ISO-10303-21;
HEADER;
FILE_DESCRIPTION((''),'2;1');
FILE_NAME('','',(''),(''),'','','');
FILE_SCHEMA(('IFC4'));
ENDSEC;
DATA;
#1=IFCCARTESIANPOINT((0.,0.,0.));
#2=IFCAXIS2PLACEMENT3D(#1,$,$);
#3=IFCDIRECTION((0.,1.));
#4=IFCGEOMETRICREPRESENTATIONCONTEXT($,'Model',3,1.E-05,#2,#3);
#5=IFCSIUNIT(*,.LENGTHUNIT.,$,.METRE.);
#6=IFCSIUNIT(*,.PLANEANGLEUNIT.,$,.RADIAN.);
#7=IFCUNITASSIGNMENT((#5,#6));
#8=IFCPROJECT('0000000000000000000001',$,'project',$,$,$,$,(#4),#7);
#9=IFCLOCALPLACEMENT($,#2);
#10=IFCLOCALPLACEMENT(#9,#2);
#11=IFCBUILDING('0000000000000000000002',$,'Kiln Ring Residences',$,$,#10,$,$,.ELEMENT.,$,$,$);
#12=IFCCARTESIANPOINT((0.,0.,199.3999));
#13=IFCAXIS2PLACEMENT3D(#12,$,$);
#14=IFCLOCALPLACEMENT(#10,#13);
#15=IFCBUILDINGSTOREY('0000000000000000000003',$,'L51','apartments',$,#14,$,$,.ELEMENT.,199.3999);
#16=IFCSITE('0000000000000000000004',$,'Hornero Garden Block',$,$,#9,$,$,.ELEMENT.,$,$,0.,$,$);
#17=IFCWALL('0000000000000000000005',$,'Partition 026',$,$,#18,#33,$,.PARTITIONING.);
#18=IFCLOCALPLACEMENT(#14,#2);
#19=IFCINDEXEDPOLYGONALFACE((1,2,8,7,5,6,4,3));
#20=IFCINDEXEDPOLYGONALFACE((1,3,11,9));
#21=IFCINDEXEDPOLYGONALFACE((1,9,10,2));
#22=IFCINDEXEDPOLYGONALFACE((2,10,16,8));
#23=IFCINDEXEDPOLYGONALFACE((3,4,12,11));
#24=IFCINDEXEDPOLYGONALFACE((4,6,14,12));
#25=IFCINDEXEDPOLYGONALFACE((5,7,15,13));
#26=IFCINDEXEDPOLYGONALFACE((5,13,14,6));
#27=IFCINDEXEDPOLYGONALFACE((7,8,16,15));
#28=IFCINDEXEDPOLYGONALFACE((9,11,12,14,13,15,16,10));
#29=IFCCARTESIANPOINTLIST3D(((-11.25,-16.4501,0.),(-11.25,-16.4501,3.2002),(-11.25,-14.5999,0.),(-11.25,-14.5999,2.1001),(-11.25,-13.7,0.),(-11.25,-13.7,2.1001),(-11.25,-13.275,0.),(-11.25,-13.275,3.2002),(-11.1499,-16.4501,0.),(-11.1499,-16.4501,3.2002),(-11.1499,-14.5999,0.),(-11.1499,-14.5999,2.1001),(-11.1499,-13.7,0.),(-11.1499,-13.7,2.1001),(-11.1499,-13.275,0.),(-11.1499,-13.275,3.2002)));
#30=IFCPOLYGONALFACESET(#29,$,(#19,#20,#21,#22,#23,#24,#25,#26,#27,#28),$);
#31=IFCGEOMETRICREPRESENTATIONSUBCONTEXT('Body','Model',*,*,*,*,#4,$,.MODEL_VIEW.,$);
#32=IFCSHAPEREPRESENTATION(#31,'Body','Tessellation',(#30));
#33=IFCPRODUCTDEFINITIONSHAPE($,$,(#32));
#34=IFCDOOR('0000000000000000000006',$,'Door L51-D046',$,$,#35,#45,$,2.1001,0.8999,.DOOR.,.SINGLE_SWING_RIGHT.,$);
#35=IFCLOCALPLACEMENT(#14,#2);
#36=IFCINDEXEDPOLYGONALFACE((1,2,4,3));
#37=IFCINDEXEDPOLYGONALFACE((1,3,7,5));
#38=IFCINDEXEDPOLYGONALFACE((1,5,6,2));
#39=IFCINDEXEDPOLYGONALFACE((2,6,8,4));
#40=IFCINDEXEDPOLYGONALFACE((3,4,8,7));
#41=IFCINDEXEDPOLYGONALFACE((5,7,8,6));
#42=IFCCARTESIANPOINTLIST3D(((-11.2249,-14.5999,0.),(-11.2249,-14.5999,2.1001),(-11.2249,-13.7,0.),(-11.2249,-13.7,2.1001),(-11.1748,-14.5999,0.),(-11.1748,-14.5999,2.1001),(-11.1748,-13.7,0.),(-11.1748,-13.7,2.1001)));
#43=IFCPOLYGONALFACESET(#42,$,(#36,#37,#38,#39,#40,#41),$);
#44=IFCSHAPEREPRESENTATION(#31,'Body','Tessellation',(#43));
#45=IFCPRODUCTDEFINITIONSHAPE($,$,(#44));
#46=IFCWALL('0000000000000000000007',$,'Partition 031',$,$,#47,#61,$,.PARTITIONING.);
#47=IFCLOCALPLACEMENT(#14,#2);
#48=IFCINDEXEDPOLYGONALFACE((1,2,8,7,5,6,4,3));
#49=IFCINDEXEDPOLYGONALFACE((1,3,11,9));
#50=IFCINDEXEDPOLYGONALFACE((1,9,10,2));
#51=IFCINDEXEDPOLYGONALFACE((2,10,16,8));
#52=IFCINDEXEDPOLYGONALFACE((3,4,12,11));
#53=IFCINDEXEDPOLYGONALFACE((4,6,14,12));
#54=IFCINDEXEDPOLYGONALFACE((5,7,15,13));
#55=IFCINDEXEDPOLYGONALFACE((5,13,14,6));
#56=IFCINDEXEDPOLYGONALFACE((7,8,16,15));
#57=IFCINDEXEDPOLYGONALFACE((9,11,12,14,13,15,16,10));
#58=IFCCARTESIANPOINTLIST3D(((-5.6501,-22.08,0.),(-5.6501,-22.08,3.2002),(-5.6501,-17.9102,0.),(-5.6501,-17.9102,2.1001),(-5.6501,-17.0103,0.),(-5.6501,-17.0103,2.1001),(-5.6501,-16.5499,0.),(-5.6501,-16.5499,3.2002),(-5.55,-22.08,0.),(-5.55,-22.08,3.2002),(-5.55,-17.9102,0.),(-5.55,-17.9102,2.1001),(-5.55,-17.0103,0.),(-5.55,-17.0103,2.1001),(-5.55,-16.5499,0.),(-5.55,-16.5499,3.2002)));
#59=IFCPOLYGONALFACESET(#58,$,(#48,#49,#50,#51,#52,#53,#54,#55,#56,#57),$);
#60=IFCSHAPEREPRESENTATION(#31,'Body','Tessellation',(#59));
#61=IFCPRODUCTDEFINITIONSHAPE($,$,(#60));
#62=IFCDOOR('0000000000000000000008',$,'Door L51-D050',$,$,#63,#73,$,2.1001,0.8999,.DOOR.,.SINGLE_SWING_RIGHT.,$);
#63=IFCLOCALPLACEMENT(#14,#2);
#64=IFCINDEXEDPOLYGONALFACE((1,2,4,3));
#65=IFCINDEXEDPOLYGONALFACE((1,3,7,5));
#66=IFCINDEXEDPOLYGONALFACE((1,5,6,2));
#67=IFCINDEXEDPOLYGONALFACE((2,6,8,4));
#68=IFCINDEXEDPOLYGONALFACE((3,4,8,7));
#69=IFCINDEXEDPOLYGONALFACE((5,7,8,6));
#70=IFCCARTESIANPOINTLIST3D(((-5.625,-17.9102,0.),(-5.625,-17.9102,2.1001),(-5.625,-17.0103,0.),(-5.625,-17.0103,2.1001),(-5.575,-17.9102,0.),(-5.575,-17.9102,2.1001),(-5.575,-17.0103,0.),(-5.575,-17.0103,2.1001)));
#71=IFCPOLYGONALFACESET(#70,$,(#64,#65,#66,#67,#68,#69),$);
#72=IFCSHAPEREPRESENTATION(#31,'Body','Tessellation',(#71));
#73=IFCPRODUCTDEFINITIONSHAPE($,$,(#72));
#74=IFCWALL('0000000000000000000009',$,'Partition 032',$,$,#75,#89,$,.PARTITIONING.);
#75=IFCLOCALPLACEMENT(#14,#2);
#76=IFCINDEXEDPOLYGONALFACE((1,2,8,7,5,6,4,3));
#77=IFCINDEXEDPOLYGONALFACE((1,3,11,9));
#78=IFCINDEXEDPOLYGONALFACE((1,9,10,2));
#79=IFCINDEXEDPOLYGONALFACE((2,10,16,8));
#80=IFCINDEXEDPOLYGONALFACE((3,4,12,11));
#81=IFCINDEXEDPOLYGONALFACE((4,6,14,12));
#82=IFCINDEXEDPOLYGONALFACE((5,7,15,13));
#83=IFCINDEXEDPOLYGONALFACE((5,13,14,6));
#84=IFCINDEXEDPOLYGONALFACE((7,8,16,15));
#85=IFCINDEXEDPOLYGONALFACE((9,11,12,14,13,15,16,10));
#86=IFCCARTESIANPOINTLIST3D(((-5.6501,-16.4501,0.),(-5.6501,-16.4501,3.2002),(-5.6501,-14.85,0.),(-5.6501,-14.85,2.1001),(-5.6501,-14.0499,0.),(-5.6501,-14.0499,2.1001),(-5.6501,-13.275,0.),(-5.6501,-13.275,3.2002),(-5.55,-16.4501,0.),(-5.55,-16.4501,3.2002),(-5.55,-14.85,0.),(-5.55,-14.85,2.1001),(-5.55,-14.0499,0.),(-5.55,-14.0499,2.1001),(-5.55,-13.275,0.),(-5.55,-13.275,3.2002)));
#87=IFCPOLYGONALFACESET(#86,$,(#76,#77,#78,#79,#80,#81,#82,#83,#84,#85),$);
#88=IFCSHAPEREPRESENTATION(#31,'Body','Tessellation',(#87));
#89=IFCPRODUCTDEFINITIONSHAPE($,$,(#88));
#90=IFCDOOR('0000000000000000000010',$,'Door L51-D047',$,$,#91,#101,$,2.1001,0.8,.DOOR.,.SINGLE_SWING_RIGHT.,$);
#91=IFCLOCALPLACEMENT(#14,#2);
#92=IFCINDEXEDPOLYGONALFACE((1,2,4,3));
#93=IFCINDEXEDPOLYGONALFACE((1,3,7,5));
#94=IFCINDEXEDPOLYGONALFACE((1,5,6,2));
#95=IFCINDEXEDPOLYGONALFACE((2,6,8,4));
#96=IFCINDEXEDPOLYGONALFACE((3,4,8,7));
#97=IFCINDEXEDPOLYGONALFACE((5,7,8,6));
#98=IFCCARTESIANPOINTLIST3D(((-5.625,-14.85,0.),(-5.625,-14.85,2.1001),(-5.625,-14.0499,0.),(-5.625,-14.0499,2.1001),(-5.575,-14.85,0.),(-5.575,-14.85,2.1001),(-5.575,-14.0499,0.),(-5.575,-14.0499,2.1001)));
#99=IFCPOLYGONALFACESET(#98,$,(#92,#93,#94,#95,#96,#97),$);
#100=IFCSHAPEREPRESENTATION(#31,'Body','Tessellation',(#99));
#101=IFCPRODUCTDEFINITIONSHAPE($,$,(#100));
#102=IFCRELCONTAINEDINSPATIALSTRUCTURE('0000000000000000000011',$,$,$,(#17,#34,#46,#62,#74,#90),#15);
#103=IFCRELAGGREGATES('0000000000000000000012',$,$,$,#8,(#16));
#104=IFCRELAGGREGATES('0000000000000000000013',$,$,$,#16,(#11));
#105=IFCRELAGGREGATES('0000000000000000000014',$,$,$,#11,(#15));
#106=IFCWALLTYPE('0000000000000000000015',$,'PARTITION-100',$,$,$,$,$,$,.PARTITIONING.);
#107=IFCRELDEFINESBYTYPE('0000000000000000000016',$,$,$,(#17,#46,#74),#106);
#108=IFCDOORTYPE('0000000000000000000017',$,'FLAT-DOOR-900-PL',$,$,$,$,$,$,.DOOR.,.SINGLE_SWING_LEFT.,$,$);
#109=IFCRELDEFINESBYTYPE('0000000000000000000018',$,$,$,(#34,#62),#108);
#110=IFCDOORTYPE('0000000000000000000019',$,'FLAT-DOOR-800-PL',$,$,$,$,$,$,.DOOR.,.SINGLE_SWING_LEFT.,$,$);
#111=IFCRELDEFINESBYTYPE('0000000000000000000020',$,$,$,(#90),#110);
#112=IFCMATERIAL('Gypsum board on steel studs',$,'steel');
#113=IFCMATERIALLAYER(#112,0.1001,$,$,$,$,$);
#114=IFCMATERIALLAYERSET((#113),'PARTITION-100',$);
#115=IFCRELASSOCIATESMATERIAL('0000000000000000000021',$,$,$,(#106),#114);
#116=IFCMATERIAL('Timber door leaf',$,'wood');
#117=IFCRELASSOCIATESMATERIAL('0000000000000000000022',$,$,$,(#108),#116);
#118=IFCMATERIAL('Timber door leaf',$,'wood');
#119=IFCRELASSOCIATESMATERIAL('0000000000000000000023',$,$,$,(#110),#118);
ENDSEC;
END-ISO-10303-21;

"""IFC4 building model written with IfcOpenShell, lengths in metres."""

from ifc_helpers import new_model, si_unit, direction, frame, frame_2d, origin, place, context, subcontext, project, spatial, rectangle, extrude, material, layer, layer_set, type_object, element, fill, save


model = new_model("IFC4")

# Units and contexts
model_context = context("Model", 3, precision=1e-05, world=origin(), true_north=direction((0.0, 1.0)))
body_context = subcontext(model_context, "Body", "Model", "MODEL_VIEW")
ifc_project = project(units=[si_unit("LENGTHUNIT", "METRE"), si_unit("PLANEANGLEUNIT", "RADIAN")], contexts=[model_context])

# Site, building, storey
site_placement = place(None, origin())
site = spatial("IfcSite", under=ifc_project, at=site_placement, Name="Hornero Garden Block", CompositionType="ELEMENT", RefElevation=0.0)
building_placement = place(site_placement, origin())
building = spatial("IfcBuilding", under=site, at=building_placement, Name="Kiln Ring Residences", CompositionType="ELEMENT")
storey_placement = place(building_placement, frame((0.0, 0.0, 199.3999)))
storey = spatial("IfcBuildingStorey", under=building, at=storey_placement, Name="L51", Description="apartments", CompositionType="ELEMENT", Elevation=199.3999)

# Shared definitions
ifc_material_1 = material(Name="Gypsum board on steel studs", Category="steel")
ifc_layer_1 = layer(ifc_material_1, 0.1001)
ifc_layer_set_1 = layer_set([ifc_layer_1], Name="PARTITION-100")
wall_type_1 = type_object("IfcWallType", Name="PARTITION-100", PredefinedType="PARTITIONING", material=ifc_layer_set_1)

# Walls, openings, doors
wall_1_placement = place(storey_placement, frame((-11.2, -16.45, 0.0), z_axis=(0.0, 0.0, 1.0), x_axis=(0.0, 1.0, 0.0)))
wall_1 = element("IfcWall", 1, at=wall_1_placement, inside=storey, type_object=wall_type_1, Name="Partition 026", PredefinedType="PARTITIONING", context=body_context, shape_type="SweptSolid", body=[
    extrude(rectangle(XDim=3.175, YDim=0.1001, at=frame_2d((1.5874, 0.0))), origin(), (0.0, 0.0, 1.0), 3.2002),
])
opening_1_placement = place(wall_1_placement, frame((1.8501, 0.0, 0.0)))
opening_1 = element("IfcOpeningElement", 2, at=opening_1_placement, cuts=wall_1, PredefinedType="OPENING", context=body_context, shape_type="SweptSolid", body=[
    extrude(rectangle(XDim=0.8999, YDim=2.1001, at=frame_2d((0.45, 1.05))), frame((0.0, 0.0601, 0.0), z_axis=(0.0, -1.0, 0.0), x_axis=(1.0, 0.0, 0.0)), (0.0, 0.0, 1.0), 0.1201),
])
ifc_material_2 = material(Name="Timber door leaf", Category="wood")
door_type_1 = type_object("IfcDoorType", Name="FLAT-DOOR-900-PL", OperationType="SINGLE_SWING_LEFT", PredefinedType="DOOR", material=ifc_material_2)
door_1_placement = place(opening_1_placement, origin())
door_1 = element("IfcDoor", 3, at=door_1_placement, inside=storey, type_object=door_type_1, Name="Door L51-D046", OperationType="SINGLE_SWING_RIGHT", OverallHeight=2.1001, OverallWidth=0.8999, PredefinedType="DOOR", context=body_context, shape_type="SweptSolid", body=[
    extrude(rectangle(XDim=0.8999, YDim=2.1001, at=frame_2d((0.45, 1.05))), frame((0.0, 0.0249, 0.0), z_axis=(0.0, -1.0, 0.0), x_axis=(1.0, 0.0, 0.0)), (0.0, 0.0, 1.0), 0.05),
])
fill(opening_1, door_1)
wall_2_placement = place(storey_placement, frame((-5.6001, -22.0801, 0.0), z_axis=(0.0, 0.0, 1.0), x_axis=(0.0, 1.0, 0.0)))
wall_2 = element("IfcWall", 4, at=wall_2_placement, inside=storey, type_object=wall_type_1, Name="Partition 031", PredefinedType="PARTITIONING", context=body_context, shape_type="SweptSolid", body=[
    extrude(rectangle(XDim=5.53, YDim=0.1001, at=frame_2d((2.7651, 0.0))), origin(), (0.0, 0.0, 1.0), 3.2002),
])
opening_2_placement = place(wall_2_placement, frame((4.1699, 0.0, 0.0)))
opening_2 = element("IfcOpeningElement", 5, at=opening_2_placement, cuts=wall_2, PredefinedType="OPENING", context=body_context, shape_type="SweptSolid", body=[
    extrude(rectangle(XDim=0.8999, YDim=2.1001, at=frame_2d((0.45, 1.05))), frame((0.0, 0.0601, 0.0), z_axis=(0.0, -1.0, 0.0), x_axis=(1.0, 0.0, 0.0)), (0.0, 0.0, 1.0), 0.1201),
])
door_2_placement = place(opening_2_placement, origin())
door_2 = element("IfcDoor", 6, at=door_2_placement, inside=storey, type_object=door_type_1, Name="Door L51-D050", OperationType="SINGLE_SWING_RIGHT", OverallHeight=2.1001, OverallWidth=0.8999, PredefinedType="DOOR", context=body_context, shape_type="SweptSolid", body=[
    extrude(rectangle(XDim=0.8999, YDim=2.1001, at=frame_2d((0.45, 1.05))), frame((0.0, 0.0249, 0.0), z_axis=(0.0, -1.0, 0.0), x_axis=(1.0, 0.0, 0.0)), (0.0, 0.0, 1.0), 0.05),
])
fill(opening_2, door_2)
wall_3_placement = place(storey_placement, frame((-5.6001, -16.45, 0.0), z_axis=(0.0, 0.0, 1.0), x_axis=(0.0, 1.0, 0.0)))
wall_3 = element("IfcWall", 7, at=wall_3_placement, inside=storey, type_object=wall_type_1, Name="Partition 032", PredefinedType="PARTITIONING", context=body_context, shape_type="SweptSolid", body=[
    extrude(rectangle(XDim=3.175, YDim=0.1001, at=frame_2d((1.5874, 0.0))), origin(), (0.0, 0.0, 1.0), 3.2002),
])
opening_3_placement = place(wall_3_placement, frame((1.6001, 0.0, 0.0)))
opening_3 = element("IfcOpeningElement", 8, at=opening_3_placement, cuts=wall_3, PredefinedType="OPENING", context=body_context, shape_type="SweptSolid", body=[
    extrude(rectangle(XDim=0.8, YDim=2.1001, at=frame_2d((0.3999, 1.05))), frame((0.0, 0.0601, 0.0), z_axis=(0.0, -1.0, 0.0), x_axis=(1.0, 0.0, 0.0)), (0.0, 0.0, 1.0), 0.1201),
])
ifc_material_3 = material(Name="Timber door leaf", Category="wood")
door_type_2 = type_object("IfcDoorType", Name="FLAT-DOOR-800-PL", OperationType="SINGLE_SWING_LEFT", PredefinedType="DOOR", material=ifc_material_3)
door_3_placement = place(opening_3_placement, origin())
door_3 = element("IfcDoor", 9, at=door_3_placement, inside=storey, type_object=door_type_2, Name="Door L51-D047", OperationType="SINGLE_SWING_RIGHT", OverallHeight=2.1001, OverallWidth=0.8, PredefinedType="DOOR", context=body_context, shape_type="SweptSolid", body=[
    extrude(rectangle(XDim=0.8, YDim=2.1001, at=frame_2d((0.3999, 1.05))), frame((0.0, 0.0249, 0.0), z_axis=(0.0, -1.0, 0.0), x_axis=(1.0, 0.0, 0.0)), (0.0, 0.0, 1.0), 0.05),
])
fill(opening_3, door_3)

save(model, "model.ifc")
